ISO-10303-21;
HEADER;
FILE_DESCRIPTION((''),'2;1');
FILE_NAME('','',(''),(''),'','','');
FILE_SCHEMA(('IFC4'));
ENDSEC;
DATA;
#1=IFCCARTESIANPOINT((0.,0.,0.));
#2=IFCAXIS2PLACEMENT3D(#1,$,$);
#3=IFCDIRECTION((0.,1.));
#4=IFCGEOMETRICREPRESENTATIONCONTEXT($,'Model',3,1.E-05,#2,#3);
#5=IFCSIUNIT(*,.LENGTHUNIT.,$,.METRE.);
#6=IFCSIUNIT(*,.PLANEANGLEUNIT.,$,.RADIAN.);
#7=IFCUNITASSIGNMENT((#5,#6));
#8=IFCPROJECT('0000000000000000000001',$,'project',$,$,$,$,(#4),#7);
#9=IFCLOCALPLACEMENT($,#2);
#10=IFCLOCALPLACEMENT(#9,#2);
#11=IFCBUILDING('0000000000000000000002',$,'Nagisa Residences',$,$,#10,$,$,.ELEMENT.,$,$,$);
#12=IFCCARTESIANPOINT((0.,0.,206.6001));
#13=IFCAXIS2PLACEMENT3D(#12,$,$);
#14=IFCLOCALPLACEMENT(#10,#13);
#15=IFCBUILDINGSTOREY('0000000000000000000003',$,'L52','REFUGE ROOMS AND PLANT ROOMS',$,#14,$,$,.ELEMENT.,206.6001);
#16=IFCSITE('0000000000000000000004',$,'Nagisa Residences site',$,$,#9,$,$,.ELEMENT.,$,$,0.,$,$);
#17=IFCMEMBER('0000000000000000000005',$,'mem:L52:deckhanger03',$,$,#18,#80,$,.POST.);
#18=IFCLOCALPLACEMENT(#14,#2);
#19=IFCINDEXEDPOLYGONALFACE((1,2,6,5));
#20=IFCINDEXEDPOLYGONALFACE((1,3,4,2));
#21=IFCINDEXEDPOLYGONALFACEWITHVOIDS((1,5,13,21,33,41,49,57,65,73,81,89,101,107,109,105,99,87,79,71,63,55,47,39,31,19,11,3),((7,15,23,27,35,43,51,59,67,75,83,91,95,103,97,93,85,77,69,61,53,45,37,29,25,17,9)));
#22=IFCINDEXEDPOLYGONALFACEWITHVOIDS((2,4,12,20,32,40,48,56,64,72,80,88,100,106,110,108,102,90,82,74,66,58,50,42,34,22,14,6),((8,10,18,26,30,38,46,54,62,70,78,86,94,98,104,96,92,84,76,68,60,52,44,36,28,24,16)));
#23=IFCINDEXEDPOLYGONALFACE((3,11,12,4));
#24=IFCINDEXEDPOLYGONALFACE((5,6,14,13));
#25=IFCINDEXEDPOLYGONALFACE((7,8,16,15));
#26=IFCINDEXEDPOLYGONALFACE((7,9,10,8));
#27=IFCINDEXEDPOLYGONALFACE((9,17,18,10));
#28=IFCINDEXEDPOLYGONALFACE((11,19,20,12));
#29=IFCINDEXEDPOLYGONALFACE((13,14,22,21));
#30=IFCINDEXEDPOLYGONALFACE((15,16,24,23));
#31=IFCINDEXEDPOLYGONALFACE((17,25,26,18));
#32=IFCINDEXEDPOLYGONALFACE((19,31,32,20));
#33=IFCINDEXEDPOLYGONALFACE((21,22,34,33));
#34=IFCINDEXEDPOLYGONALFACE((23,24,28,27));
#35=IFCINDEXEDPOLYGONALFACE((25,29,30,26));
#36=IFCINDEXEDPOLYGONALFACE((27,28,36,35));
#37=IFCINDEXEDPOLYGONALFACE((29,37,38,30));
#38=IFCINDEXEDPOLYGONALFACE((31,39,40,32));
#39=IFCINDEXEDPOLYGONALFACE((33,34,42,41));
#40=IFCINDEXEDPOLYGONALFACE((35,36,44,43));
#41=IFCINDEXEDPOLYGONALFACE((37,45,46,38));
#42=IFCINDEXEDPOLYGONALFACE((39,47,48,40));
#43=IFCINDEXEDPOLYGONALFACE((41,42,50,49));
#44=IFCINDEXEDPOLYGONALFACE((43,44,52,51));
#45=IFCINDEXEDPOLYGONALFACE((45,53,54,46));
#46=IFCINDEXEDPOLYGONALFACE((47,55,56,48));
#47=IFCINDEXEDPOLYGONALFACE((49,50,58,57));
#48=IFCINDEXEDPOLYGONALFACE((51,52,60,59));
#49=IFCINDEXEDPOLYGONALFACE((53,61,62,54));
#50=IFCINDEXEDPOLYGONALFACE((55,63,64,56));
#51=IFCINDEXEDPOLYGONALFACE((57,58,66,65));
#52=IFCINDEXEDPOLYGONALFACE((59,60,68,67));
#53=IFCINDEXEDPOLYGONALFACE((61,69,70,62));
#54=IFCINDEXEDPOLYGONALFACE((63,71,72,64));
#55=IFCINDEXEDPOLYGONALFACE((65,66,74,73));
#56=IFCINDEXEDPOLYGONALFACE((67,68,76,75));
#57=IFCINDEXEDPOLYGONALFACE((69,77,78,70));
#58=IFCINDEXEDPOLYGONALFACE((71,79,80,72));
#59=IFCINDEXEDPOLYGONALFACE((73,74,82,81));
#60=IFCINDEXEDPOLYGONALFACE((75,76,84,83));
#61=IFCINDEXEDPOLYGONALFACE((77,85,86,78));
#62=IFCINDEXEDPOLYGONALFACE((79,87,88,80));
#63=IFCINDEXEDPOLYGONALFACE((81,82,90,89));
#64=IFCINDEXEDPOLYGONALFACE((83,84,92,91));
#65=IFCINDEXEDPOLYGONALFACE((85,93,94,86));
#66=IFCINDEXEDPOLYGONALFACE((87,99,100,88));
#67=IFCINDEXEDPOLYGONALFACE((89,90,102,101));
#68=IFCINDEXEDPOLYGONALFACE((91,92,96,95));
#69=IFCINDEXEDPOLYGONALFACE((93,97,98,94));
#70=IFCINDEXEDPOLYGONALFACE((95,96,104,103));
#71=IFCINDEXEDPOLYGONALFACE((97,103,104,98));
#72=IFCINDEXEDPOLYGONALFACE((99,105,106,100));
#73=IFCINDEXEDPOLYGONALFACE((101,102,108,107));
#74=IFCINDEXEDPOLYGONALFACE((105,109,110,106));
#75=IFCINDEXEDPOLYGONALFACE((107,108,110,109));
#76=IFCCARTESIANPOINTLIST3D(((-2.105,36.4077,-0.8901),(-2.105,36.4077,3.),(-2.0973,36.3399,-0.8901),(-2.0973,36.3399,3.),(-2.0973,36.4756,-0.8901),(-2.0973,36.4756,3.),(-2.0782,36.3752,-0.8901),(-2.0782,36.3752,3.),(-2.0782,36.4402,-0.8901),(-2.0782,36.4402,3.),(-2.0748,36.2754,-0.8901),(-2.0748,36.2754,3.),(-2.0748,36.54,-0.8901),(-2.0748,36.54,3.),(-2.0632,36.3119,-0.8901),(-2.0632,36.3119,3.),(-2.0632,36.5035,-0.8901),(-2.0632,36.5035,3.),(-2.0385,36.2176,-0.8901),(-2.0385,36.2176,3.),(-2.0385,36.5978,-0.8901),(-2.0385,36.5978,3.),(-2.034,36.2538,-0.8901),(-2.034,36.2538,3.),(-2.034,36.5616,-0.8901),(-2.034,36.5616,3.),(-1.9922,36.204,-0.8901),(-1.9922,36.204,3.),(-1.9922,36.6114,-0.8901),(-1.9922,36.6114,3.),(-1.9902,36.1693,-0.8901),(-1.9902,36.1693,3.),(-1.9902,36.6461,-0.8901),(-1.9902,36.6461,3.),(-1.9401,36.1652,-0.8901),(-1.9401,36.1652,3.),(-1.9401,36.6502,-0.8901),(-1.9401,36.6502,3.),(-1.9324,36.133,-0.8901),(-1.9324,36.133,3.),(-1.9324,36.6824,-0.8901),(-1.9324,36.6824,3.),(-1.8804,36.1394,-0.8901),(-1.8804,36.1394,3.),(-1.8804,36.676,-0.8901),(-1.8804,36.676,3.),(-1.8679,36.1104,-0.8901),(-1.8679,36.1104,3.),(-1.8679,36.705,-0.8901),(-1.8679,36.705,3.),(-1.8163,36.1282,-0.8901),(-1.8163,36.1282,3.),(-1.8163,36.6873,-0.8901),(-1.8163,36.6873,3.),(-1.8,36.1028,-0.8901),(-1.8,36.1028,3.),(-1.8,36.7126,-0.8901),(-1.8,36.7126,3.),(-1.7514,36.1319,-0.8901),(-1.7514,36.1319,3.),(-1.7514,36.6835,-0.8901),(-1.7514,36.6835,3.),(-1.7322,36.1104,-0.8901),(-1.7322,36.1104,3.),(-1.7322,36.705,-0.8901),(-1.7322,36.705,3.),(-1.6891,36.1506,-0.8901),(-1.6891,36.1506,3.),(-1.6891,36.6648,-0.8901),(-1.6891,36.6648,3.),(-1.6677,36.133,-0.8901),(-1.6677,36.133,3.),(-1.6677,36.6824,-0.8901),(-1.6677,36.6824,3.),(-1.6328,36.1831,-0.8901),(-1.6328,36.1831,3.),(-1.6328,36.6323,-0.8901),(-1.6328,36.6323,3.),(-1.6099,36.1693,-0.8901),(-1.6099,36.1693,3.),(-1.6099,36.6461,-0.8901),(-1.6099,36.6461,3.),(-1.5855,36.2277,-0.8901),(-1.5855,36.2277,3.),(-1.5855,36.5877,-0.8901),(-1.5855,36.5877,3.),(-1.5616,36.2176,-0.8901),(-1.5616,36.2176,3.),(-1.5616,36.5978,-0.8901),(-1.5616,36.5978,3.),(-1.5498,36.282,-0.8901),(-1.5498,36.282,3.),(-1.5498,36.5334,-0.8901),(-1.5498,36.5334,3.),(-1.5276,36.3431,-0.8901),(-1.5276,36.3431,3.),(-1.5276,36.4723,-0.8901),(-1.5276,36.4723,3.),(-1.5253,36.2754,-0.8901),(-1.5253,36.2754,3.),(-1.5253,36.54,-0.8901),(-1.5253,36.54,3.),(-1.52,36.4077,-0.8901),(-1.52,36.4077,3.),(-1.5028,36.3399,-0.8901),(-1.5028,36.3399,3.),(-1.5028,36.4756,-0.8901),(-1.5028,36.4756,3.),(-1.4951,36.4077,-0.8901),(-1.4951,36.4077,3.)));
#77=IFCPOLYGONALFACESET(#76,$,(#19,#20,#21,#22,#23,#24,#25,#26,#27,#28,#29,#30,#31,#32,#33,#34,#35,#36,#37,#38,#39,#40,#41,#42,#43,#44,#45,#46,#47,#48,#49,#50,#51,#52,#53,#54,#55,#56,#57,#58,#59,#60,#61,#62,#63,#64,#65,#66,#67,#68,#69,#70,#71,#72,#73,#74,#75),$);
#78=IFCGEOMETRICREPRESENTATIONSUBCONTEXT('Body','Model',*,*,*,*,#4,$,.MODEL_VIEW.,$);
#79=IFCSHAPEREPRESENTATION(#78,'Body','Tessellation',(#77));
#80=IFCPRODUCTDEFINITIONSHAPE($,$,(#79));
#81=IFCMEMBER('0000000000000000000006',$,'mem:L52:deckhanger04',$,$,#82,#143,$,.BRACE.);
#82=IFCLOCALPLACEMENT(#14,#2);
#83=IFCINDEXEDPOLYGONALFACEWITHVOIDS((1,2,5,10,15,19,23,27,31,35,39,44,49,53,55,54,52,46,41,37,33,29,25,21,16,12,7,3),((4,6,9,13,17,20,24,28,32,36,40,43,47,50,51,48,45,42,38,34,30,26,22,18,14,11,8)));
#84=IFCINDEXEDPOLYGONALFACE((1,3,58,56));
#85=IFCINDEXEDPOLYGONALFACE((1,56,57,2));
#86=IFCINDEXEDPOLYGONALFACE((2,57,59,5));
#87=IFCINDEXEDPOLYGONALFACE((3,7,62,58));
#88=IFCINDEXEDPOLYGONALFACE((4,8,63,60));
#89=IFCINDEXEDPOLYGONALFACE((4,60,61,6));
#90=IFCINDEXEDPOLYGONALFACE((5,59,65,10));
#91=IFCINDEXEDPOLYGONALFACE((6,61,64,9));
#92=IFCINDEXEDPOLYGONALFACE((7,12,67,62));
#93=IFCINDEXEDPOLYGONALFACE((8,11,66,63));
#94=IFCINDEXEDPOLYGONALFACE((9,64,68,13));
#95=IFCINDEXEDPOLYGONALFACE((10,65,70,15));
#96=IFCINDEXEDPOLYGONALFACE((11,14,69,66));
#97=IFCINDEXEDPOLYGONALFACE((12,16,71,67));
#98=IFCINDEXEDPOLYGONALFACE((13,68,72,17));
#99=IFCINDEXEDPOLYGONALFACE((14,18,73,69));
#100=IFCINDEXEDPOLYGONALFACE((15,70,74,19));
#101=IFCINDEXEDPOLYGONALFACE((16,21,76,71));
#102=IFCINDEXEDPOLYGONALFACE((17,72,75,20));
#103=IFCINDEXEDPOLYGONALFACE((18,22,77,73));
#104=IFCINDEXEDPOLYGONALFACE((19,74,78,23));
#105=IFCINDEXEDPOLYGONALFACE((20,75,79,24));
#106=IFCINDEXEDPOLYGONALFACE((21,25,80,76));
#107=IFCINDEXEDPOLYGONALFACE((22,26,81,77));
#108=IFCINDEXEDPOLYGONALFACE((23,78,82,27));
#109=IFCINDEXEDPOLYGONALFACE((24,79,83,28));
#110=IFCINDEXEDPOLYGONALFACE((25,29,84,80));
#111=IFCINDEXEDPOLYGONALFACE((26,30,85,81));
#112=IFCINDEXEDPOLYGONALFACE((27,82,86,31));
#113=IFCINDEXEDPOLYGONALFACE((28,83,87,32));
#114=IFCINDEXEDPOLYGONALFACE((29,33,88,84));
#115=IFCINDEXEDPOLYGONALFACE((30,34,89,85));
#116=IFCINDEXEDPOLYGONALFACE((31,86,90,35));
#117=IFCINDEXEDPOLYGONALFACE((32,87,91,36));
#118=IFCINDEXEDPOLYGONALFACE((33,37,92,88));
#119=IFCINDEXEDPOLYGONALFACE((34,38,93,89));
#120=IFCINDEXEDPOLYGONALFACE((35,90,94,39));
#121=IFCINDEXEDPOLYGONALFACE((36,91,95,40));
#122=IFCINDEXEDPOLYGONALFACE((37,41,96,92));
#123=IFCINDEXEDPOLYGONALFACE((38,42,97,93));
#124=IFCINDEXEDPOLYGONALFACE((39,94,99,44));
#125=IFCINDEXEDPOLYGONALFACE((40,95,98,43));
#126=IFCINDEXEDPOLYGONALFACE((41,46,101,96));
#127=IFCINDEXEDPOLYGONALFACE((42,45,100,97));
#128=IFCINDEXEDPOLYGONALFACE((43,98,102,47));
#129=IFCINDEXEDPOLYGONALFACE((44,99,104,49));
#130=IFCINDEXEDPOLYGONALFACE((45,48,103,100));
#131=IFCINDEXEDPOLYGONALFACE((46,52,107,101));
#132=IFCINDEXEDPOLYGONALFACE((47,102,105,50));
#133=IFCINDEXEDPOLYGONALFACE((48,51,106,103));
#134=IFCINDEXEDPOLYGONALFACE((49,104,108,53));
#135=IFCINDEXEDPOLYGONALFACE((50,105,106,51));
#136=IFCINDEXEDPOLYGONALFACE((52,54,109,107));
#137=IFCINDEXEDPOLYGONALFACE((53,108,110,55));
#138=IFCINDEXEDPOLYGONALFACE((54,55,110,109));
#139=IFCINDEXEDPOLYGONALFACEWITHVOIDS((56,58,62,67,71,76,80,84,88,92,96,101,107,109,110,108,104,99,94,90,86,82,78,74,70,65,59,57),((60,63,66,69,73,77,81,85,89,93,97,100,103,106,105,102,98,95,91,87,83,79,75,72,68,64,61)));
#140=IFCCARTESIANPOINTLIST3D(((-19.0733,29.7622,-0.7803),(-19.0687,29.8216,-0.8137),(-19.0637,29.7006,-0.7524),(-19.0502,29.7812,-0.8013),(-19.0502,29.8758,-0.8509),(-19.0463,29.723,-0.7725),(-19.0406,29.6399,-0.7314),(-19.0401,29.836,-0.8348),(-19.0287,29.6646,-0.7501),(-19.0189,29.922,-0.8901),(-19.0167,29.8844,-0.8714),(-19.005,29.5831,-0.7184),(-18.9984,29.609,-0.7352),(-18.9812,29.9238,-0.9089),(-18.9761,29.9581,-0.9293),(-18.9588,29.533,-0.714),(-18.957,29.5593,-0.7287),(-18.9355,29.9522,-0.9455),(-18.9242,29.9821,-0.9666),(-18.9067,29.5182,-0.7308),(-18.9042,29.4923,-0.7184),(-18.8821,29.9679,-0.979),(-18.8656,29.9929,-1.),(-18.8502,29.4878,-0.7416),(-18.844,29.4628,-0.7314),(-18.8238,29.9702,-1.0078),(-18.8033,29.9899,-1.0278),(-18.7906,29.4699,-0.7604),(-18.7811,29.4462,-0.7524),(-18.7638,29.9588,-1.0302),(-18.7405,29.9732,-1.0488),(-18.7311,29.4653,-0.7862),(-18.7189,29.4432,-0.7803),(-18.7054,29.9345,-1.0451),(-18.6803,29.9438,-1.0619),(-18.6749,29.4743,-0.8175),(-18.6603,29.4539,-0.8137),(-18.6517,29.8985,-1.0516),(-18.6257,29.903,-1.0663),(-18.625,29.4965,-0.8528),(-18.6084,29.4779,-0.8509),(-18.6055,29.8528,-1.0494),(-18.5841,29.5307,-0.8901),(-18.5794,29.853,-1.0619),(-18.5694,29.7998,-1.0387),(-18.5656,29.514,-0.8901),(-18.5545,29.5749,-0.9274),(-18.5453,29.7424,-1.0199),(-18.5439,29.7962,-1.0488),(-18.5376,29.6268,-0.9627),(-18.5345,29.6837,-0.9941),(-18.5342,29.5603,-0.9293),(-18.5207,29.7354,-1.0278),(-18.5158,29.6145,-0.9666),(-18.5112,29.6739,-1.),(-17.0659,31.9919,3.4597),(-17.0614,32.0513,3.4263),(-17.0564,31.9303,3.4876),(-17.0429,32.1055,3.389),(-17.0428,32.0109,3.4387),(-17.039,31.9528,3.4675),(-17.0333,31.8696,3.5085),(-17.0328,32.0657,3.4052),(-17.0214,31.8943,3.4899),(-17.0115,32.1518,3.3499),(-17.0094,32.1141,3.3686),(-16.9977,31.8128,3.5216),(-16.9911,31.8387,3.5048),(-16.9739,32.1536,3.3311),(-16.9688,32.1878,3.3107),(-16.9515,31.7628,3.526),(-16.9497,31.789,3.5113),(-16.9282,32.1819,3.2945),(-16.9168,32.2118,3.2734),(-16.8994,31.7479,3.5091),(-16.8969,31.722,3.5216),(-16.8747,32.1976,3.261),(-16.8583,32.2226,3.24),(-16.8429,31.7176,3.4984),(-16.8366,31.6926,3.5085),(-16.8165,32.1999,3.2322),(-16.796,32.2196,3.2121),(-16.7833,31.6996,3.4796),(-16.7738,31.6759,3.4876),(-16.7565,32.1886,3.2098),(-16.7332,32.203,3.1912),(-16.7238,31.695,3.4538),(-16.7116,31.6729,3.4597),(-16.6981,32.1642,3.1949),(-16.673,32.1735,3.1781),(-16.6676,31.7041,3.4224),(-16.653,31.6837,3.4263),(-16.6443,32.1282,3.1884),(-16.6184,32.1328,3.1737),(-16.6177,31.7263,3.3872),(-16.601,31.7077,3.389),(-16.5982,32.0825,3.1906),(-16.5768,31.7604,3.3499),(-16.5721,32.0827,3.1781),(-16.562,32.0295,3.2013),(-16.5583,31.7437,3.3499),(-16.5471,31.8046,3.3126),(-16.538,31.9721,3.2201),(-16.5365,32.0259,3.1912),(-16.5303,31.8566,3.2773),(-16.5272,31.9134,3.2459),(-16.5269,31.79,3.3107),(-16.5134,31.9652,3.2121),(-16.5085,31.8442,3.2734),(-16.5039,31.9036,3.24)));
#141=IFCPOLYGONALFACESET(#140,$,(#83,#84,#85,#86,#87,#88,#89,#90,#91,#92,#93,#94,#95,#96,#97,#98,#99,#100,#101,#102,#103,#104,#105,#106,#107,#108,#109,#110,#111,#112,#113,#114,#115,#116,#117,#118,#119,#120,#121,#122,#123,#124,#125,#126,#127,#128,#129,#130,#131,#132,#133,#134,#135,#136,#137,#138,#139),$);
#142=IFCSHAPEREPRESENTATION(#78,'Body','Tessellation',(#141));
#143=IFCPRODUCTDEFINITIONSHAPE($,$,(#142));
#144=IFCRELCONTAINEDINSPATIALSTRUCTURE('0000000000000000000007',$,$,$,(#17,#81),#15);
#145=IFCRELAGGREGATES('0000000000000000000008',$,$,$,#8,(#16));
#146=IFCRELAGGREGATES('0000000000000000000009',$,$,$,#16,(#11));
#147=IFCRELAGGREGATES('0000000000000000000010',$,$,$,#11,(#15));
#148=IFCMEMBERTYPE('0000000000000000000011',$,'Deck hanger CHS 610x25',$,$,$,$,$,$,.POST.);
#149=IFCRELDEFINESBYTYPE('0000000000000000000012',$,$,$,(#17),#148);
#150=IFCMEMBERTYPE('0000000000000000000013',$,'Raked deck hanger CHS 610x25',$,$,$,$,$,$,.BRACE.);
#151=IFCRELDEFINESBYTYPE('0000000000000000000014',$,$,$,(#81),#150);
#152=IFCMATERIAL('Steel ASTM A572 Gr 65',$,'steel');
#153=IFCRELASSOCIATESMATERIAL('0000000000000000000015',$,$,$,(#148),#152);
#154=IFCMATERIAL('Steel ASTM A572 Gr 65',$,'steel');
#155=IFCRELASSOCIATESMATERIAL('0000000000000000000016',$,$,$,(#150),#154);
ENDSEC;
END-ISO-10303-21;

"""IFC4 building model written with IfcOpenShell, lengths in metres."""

from ifc_helpers import new_model, si_unit, direction, frame, origin, origin_2d, place, context, subcontext, project, spatial, hollow_circle, extrude, material, material_profile, profile_set, type_object, element, save


model = new_model("IFC4")

# Units and contexts
model_context = context("Model", 3, precision=1e-05, world=origin(), true_north=direction((0.0, 1.0)))
body_context = subcontext(model_context, "Body", "Model", "MODEL_VIEW")
ifc_project = project(units=[si_unit("LENGTHUNIT", "METRE"), si_unit("PLANEANGLEUNIT", "RADIAN")], contexts=[model_context])

# Site, building, storey
site_placement = place(None, origin())
site = spatial("IfcSite", under=ifc_project, at=site_placement, Name="Nagisa Residences site", CompositionType="ELEMENT", RefElevation=0.0)
building_placement = place(site_placement, origin())
building = spatial("IfcBuilding", under=site, at=building_placement, Name="Nagisa Residences", CompositionType="ELEMENT")
storey_placement = place(building_placement, frame((0.0, 0.0, 206.6001)))
storey = spatial("IfcBuildingStorey", under=building, at=storey_placement, Name="L52", Description="REFUGE ROOMS AND PLANT ROOMS", CompositionType="ELEMENT", Elevation=206.6001)

# Members
ifc_material_1 = material(Name="Steel ASTM A572 Gr 65", Category="steel")
ifc_material_profile_1 = material_profile(ifc_material_1, hollow_circle(Radius=0.3049, WallThickness=0.0249, at=origin_2d()), Name="CHS 610x25")
ifc_profile_set_1 = profile_set([ifc_material_profile_1], Name="Steel ASTM A572 Gr 65")
member_type_1 = type_object("IfcMemberType", Name="Deck hanger CHS 610x25", PredefinedType="POST", material=ifc_profile_set_1)
member_1_placement = place(storey_placement, frame((-1.8, 36.4077, 3.0), z_axis=(0.0, 0.0, -1.0), x_axis=(1.0, 0.0, 0.0)))
element("IfcMember", 1, at=member_1_placement, inside=storey, type_object=member_type_1, Name="mem:L52:deckhanger03", PredefinedType="POST", context=body_context, shape_type="SweptSolid", body=[
    extrude(hollow_circle(Radius=0.3049, WallThickness=0.0249, at=origin_2d()), origin(), (0.0, 0.0, 1.0), 3.8901),
])
ifc_material_2 = material(Name="Steel ASTM A572 Gr 65", Category="steel")
ifc_material_profile_2 = material_profile(ifc_material_2, hollow_circle(Radius=0.3049, WallThickness=0.0249, at=origin_2d()), Name="CHS 610x25")
ifc_profile_set_2 = profile_set([ifc_material_profile_2], Name="Steel ASTM A572 Gr 65")
member_type_2 = type_object("IfcMemberType", Name="Raked deck hanger CHS 610x25", PredefinedType="BRACE", material=ifc_profile_set_2)
member_2_placement = place(storey_placement, frame((-16.7849, 31.9478, 3.3499), z_axis=(-0.386463, -0.429283, -0.81631), x_axis=(0.743201, -0.669068, 0.0)))
element("IfcMember", 2, at=member_2_placement, inside=storey, type_object=member_type_2, Name="mem:L52:deckhanger04", PredefinedType="BRACE", context=body_context, shape_type="SweptSolid", body=[
    extrude(hollow_circle(Radius=0.3049, WallThickness=0.0249, at=origin_2d()), origin(), (0.0, 0.0, 1.0), 5.1941),
])

save(model, "model.ifc")
